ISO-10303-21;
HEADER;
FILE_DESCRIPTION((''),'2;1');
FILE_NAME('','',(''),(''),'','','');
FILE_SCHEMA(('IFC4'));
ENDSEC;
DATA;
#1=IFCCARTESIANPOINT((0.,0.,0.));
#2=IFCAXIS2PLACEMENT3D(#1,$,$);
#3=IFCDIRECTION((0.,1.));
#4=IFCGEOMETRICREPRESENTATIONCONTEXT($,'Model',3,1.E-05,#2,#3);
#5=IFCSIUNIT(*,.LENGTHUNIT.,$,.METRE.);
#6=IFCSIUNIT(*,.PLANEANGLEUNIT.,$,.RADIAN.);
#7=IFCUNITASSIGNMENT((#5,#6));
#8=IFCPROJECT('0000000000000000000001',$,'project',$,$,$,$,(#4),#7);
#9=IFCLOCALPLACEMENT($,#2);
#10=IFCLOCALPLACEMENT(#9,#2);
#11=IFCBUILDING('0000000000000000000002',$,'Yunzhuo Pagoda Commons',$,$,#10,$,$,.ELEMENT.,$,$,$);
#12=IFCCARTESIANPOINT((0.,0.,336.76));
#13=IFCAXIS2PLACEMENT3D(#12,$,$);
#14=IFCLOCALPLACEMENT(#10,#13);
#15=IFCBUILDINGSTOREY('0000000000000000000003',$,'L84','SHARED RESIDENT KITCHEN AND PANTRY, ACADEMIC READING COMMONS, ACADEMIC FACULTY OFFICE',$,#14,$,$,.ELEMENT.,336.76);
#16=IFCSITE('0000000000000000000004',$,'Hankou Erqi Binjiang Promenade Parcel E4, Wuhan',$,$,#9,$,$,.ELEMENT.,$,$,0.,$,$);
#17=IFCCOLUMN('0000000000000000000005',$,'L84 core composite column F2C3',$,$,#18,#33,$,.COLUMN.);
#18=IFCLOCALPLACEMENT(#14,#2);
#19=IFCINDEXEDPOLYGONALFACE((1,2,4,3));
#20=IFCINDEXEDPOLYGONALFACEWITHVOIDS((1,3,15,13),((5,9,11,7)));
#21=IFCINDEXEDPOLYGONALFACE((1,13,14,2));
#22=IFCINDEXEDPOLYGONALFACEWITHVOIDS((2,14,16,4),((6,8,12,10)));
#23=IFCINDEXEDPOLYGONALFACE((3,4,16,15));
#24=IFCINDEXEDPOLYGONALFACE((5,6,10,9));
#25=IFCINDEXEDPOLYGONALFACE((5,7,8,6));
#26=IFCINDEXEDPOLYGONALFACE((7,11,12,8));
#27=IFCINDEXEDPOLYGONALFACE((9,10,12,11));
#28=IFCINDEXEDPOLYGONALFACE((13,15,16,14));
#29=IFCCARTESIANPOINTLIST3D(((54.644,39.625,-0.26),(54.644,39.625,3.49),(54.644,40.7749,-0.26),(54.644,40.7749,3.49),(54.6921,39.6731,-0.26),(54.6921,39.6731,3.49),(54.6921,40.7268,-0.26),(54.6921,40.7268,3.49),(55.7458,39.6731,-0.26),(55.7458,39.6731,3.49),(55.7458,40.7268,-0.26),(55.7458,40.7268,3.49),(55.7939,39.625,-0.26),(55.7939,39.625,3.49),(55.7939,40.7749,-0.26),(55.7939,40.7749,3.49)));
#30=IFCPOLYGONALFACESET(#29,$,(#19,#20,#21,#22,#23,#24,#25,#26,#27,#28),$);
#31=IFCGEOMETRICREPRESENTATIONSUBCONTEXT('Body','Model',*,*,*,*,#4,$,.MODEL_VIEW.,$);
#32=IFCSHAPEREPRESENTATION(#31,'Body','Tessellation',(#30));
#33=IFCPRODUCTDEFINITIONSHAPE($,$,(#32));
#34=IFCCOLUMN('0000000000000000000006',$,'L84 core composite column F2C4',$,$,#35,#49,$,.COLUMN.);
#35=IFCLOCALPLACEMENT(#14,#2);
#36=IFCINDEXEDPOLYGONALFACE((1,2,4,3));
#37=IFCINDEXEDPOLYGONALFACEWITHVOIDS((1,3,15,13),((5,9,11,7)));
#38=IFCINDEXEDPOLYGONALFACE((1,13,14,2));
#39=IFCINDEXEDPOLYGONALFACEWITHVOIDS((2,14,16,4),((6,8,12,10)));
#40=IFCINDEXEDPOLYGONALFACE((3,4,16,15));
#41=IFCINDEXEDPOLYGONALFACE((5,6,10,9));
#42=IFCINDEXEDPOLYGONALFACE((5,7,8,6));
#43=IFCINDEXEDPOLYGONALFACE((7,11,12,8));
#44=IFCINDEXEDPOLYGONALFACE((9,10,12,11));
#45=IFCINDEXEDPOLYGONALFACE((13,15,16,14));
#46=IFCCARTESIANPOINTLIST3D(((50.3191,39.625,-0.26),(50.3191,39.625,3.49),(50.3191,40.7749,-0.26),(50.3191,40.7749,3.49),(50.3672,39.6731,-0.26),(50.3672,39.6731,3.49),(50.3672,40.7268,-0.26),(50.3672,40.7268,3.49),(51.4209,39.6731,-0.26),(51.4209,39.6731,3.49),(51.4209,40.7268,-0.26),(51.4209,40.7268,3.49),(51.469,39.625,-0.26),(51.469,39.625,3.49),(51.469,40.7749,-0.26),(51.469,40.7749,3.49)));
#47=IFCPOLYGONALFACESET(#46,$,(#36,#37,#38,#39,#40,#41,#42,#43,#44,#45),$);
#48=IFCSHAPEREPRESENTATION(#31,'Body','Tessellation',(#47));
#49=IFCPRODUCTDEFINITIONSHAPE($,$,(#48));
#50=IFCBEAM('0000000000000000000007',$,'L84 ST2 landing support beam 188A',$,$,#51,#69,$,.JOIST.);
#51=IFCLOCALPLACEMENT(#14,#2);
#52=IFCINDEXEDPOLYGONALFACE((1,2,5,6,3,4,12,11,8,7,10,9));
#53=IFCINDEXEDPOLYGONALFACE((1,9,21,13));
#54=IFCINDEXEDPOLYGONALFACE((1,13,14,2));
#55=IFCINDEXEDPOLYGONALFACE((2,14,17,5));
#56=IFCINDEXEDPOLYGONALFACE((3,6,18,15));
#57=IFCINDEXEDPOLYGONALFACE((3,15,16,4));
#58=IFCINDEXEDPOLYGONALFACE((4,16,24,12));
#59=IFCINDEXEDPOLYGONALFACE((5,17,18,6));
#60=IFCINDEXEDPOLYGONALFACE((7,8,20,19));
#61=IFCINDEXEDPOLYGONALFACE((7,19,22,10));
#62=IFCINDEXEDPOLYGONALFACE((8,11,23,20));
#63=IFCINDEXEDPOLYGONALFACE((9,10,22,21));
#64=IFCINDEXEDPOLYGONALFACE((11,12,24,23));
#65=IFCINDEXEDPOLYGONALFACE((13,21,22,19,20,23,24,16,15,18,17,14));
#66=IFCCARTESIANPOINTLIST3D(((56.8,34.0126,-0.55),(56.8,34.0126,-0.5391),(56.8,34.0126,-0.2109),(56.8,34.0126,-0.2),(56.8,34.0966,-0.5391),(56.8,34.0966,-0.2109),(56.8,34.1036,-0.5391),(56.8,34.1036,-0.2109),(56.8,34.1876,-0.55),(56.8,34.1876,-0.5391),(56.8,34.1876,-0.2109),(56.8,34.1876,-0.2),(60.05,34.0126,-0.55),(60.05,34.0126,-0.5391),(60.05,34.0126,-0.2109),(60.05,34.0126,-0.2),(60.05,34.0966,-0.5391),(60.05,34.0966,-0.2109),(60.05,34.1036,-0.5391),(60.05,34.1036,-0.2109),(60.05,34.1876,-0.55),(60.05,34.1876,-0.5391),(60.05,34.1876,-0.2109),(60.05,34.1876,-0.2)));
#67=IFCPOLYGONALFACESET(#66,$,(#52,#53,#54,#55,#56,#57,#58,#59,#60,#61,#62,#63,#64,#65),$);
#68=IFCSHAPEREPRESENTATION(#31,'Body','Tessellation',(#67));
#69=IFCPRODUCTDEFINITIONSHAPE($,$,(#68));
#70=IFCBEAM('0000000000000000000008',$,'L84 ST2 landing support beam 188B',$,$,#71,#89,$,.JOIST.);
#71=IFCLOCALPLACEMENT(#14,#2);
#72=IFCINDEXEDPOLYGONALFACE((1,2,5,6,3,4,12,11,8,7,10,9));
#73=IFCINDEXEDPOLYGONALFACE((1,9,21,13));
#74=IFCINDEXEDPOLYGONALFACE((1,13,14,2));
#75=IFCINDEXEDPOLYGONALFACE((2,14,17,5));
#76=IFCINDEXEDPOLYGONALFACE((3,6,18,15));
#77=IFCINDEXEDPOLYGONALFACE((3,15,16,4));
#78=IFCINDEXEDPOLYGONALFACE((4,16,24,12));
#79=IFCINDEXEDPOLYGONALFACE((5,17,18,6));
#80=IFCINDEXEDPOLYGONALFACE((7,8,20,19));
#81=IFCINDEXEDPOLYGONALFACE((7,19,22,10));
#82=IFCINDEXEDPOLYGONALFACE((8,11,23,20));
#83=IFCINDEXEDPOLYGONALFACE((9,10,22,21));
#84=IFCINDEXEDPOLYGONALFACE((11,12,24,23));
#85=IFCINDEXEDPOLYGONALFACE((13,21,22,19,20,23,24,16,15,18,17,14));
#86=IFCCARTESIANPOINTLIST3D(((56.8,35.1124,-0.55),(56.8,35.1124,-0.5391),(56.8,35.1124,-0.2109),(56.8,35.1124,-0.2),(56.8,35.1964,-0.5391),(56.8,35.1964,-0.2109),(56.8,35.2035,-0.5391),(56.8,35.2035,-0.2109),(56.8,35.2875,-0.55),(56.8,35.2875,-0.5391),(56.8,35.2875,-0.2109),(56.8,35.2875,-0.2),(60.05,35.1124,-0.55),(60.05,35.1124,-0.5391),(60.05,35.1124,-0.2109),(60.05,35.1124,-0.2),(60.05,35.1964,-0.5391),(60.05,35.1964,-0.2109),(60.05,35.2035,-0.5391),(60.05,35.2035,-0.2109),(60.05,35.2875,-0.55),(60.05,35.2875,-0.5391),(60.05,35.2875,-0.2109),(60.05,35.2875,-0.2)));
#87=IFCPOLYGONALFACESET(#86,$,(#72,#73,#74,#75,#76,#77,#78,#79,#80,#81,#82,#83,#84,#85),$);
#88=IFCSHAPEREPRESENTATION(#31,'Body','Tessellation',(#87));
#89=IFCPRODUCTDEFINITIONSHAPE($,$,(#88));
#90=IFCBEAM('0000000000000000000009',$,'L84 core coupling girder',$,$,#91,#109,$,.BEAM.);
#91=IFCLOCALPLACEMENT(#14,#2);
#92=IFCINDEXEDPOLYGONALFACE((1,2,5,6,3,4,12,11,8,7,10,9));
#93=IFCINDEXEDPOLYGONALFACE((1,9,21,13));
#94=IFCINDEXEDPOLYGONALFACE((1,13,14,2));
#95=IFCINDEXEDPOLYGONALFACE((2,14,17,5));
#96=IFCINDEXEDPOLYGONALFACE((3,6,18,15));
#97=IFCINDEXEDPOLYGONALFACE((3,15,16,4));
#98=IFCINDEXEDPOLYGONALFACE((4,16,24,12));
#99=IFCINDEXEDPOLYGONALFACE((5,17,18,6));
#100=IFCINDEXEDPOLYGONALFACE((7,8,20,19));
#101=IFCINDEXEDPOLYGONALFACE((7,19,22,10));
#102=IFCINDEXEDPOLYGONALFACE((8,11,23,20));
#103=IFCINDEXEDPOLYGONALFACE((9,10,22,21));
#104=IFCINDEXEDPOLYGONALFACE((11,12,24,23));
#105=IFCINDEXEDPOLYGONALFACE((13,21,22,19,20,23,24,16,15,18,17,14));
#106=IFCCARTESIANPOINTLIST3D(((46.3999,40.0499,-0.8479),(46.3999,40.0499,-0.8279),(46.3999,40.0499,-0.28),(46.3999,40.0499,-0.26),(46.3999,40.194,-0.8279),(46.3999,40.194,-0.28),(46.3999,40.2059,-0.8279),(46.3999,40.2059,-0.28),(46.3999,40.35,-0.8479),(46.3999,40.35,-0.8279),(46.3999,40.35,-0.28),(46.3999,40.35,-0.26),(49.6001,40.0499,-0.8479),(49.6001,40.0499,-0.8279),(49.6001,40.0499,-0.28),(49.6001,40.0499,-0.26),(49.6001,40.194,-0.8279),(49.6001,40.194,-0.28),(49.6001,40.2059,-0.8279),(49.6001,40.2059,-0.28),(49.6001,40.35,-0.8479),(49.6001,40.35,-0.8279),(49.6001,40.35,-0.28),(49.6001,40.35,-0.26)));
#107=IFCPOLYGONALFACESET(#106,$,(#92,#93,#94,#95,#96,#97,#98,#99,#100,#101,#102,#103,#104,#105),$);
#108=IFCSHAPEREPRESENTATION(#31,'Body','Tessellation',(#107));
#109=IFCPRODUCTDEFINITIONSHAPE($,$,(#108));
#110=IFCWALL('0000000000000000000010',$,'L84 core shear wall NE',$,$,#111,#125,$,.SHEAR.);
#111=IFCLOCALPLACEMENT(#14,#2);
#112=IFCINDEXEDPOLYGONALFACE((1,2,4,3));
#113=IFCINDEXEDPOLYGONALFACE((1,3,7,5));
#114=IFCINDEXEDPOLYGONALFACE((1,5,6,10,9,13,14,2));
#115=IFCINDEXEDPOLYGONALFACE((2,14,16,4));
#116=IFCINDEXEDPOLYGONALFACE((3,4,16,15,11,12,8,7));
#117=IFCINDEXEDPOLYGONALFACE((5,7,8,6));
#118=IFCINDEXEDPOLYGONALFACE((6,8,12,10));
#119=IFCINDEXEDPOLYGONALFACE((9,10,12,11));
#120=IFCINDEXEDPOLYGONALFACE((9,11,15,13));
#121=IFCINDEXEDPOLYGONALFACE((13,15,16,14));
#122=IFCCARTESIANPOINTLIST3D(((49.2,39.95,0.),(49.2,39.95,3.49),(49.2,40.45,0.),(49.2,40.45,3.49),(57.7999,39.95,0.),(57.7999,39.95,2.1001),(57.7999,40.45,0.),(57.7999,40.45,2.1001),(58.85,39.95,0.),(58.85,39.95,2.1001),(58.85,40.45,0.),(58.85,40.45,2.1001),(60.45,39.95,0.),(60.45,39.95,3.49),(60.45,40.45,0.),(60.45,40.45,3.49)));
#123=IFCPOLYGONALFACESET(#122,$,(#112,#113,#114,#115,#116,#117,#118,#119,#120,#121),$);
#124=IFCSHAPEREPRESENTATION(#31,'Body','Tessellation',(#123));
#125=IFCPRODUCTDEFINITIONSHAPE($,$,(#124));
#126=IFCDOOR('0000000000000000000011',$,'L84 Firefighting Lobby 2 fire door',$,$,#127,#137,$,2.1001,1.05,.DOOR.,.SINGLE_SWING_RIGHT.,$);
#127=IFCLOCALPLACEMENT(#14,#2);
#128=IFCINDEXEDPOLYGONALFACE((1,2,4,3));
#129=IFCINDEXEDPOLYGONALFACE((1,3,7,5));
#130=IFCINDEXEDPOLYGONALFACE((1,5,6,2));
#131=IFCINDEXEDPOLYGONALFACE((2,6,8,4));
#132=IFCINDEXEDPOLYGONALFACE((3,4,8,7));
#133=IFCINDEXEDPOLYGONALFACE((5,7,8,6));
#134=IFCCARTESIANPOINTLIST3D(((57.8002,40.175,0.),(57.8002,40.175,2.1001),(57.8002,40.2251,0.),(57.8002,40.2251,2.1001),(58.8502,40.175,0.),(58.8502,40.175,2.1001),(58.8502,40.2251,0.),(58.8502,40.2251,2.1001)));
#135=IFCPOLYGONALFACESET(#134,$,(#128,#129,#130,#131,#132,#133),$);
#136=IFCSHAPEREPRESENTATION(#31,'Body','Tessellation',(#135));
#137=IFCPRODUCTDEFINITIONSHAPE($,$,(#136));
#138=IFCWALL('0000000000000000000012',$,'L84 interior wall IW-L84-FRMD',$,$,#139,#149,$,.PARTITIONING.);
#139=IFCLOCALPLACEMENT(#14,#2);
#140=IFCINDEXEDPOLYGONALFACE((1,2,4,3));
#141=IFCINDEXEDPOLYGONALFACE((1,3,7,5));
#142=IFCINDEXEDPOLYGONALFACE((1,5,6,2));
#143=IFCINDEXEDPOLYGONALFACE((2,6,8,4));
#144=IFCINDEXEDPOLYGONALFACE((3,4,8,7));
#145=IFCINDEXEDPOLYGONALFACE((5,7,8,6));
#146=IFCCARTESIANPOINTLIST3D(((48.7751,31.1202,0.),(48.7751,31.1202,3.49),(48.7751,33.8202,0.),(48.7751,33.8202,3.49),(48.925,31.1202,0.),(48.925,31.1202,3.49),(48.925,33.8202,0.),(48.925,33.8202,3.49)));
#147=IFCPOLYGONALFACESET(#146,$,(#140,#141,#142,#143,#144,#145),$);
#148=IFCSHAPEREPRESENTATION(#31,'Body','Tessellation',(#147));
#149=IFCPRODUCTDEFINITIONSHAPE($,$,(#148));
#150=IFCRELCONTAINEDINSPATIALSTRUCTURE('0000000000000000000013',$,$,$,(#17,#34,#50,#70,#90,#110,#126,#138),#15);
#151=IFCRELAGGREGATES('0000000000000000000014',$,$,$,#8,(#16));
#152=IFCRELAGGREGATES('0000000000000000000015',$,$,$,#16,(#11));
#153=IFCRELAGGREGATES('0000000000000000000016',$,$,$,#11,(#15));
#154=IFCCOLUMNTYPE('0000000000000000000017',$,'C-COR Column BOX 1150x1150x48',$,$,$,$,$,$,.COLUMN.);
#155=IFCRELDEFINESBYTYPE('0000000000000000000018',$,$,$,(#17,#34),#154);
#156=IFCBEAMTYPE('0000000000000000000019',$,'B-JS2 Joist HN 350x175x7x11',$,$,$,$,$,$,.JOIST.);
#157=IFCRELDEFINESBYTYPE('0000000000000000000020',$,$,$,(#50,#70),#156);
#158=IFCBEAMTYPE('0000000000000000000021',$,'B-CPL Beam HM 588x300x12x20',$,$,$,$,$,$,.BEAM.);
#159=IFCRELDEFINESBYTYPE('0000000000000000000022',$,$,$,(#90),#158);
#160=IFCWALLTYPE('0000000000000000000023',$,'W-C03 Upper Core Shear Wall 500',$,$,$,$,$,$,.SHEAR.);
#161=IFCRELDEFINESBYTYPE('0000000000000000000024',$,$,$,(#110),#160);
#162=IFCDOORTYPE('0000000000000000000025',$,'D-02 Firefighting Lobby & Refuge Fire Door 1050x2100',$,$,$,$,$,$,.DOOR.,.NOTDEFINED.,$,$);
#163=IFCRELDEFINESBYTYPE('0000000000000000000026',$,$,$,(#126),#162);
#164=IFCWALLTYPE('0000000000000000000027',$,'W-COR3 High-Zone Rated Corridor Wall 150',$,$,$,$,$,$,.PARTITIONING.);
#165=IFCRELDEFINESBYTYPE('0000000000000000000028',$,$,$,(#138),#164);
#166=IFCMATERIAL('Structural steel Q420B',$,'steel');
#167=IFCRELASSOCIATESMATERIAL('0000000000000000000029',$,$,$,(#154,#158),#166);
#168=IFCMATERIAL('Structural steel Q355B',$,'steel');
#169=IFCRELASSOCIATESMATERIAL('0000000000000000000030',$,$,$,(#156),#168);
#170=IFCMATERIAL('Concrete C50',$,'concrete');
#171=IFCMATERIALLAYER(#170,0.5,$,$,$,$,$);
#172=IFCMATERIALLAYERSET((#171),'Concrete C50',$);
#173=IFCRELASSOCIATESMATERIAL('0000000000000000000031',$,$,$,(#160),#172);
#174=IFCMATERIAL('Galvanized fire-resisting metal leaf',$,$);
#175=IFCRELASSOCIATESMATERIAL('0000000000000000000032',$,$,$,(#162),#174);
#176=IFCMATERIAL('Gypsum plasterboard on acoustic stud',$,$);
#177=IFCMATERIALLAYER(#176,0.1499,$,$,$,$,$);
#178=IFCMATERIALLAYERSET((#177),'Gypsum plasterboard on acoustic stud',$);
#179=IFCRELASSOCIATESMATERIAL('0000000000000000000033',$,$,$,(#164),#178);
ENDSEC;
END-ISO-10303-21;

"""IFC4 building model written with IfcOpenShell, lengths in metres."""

from ifc_helpers import new_model, si_unit, direction, frame, frame_2d, origin, origin_2d, place, context, subcontext, project, spatial, rectangle, hollow_rectangle, i_section, extrude, source, transform, mapped, material, layer, layer_set, material_profile, profile_set, type_object, element, fill, save


model = new_model("IFC4")

# Units and contexts
model_context = context("Model", 3, precision=1e-05, world=origin(), true_north=direction((0.0, 1.0)))
body_context = subcontext(model_context, "Body", "Model", "MODEL_VIEW")
ifc_project = project(units=[si_unit("LENGTHUNIT", "METRE"), si_unit("PLANEANGLEUNIT", "RADIAN")], contexts=[model_context])

# Site, building, storey
site_placement = place(None, origin())
site = spatial("IfcSite", under=ifc_project, at=site_placement, Name="Hankou Erqi Binjiang Promenade Parcel E4, Wuhan", CompositionType="ELEMENT", RefElevation=0.0)
building_placement = place(site_placement, origin())
building = spatial("IfcBuilding", under=site, at=building_placement, Name="Yunzhuo Pagoda Commons", CompositionType="ELEMENT")
storey_placement = place(building_placement, frame((0.0, 0.0, 336.76)))
storey = spatial("IfcBuildingStorey", under=building, at=storey_placement, Name="L84", Description="SHARED RESIDENT KITCHEN AND PANTRY, ACADEMIC READING COMMONS, ACADEMIC FACULTY OFFICE", CompositionType="ELEMENT", Elevation=336.76)

# Columns
ifc_material_1 = material(Name="Structural steel Q420B", Category="steel")
ifc_material_profile_1 = material_profile(ifc_material_1, hollow_rectangle(XDim=1.1499, YDim=1.1499, WallThickness=0.0481, at=origin_2d()), Name="Structural steel Q420B")
ifc_profile_set_1 = profile_set([ifc_material_profile_1], Name="Structural steel Q420B")
column_type = type_object("IfcColumnType", Name="C-COR Column BOX 1150x1150x48", PredefinedType="COLUMN", material=ifc_profile_set_1)
shared_shape_1 = source(origin(), body_context, "Body", "SweptSolid", [
    extrude(hollow_rectangle(XDim=1.1499, YDim=1.1499, WallThickness=0.0481, at=origin_2d()), origin(), (0.0, 0.0, 1.0), 3.75),
])
for number, where, z_axis, x_axis, name in (
    (1, (55.219, 40.2, -0.26), (0.0, 0.0, 1.0), (1.0, 0.0, 0.0), "L84 core composite column F2C3"),
    (2, (50.894, 40.2, -0.26), (0.0, 0.0, 1.0), (1.0, 0.0, 0.0), "L84 core composite column F2C4"),
):
    element("IfcColumn", number, at=place(storey_placement, frame(where, z_axis=z_axis, x_axis=x_axis)), inside=storey, type_object=column_type, Name=name, PredefinedType="COLUMN", context=body_context, shape_type="MappedRepresentation", body=[
        mapped(shared_shape_1, transform((0.0, 0.0, 0.0), scale=1.0)),
    ])

# Beams
ifc_material_2 = material(Name="Structural steel Q355B", Category="steel")
ifc_material_profile_2 = material_profile(ifc_material_2, i_section(OverallWidth=0.175, OverallDepth=0.3501, WebThickness=0.0071, FlangeThickness=0.011, at=origin_2d()), Name="Structural steel Q355B")
ifc_profile_set_2 = profile_set([ifc_material_profile_2], Name="Structural steel Q355B")
beam_type_1 = type_object("IfcBeamType", Name="B-JS2 Joist HN 350x175x7x11", PredefinedType="JOIST", material=ifc_profile_set_2)
shared_shape_2 = source(origin(), body_context, "Body", "SweptSolid", [
    extrude(i_section(OverallWidth=0.175, OverallDepth=0.3501, WebThickness=0.0071, FlangeThickness=0.011, at=origin_2d()), origin(), (0.0, 0.0, 1.0), 3.25),
])
for number, where, z_axis, x_axis, name in (
    (3, (56.8, 34.1001, -0.375), (1.0, 0.0, 0.0), (0.0, 1.0, 0.0), "L84 ST2 landing support beam 188A"),
    (4, (56.8, 35.2, -0.375), (1.0, 0.0, 0.0), (0.0, 1.0, 0.0), "L84 ST2 landing support beam 188B"),
):
    element("IfcBeam", number, at=place(storey_placement, frame(where, z_axis=z_axis, x_axis=x_axis)), inside=storey, type_object=beam_type_1, Name=name, PredefinedType="JOIST", context=body_context, shape_type="MappedRepresentation", body=[
        mapped(shared_shape_2, transform((0.0, 0.0, 0.0), scale=1.0)),
    ])
ifc_material_profile_3 = material_profile(ifc_material_1, i_section(OverallWidth=0.3, OverallDepth=0.5879, WebThickness=0.012, FlangeThickness=0.02, at=origin_2d()), Name="Structural steel Q420B")
ifc_profile_set_3 = profile_set([ifc_material_profile_3], Name="Structural steel Q420B")
beam_type_2 = type_object("IfcBeamType", Name="B-CPL Beam HM 588x300x12x20", PredefinedType="BEAM", material=ifc_profile_set_3)
shared_shape_3 = source(origin(), body_context, "Body", "SweptSolid", [
    extrude(i_section(OverallWidth=0.3, OverallDepth=0.5879, WebThickness=0.012, FlangeThickness=0.02, at=origin_2d()), origin(), (0.0, 0.0, 1.0), 3.2002),
])
beam_placement = place(storey_placement, frame((46.3999, 40.2, -0.554), z_axis=(1.0, 0.0, 0.0), x_axis=(0.0, 1.0, 0.0)))
element("IfcBeam", 5, at=beam_placement, inside=storey, type_object=beam_type_2, Name="L84 core coupling girder", PredefinedType="BEAM", context=body_context, shape_type="MappedRepresentation", body=[
    mapped(shared_shape_3, transform((0.0, 0.0, 0.0), scale=1.0)),
])

# Wall, opening, door
ifc_material_3 = material(Name="Concrete C50", Category="concrete")
ifc_layer_1 = layer(ifc_material_3, 0.5)
ifc_layer_set_1 = layer_set([ifc_layer_1], Name="Concrete C50")
wall_type_1 = type_object("IfcWallType", Name="W-C03 Upper Core Shear Wall 500", PredefinedType="SHEAR", material=ifc_layer_set_1)
wall_1_placement = place(storey_placement, frame((49.2, 40.2, 0.0), z_axis=(0.0, 0.0, 1.0), x_axis=(1.0, 0.0, 0.0)))
wall_1 = element("IfcWall", 6, at=wall_1_placement, inside=storey, type_object=wall_type_1, Name="L84 core shear wall NE", PredefinedType="SHEAR", context=body_context, shape_type="SweptSolid", body=[
    extrude(rectangle(XDim=11.25, YDim=0.5, at=frame_2d((5.625, 0.0))), origin(), (0.0, 0.0, 1.0), 3.49),
])
opening_1_placement = place(wall_1_placement, frame((8.6001, 0.0, 0.0)))
opening_1 = element("IfcOpeningElement", 7, at=opening_1_placement, cuts=wall_1, PredefinedType="OPENING", context=body_context, shape_type="SweptSolid", body=[
    extrude(rectangle(XDim=1.05, YDim=2.1001, at=frame_2d((0.5249, 1.05))), frame((0.0, 0.26, 0.0), z_axis=(0.0, -1.0, 0.0), x_axis=(1.0, 0.0, 0.0)), (0.0, 0.0, 1.0), 0.52),
])
ifc_material_4 = material(Name="Galvanized fire-resisting metal leaf")
door_type_1 = type_object("IfcDoorType", Name="D-02 Firefighting Lobby & Refuge Fire Door 1050x2100", OperationType="NOTDEFINED", PredefinedType="DOOR", material=ifc_material_4)
shared_shape_4 = source(origin(), body_context, "Body", "SweptSolid", [
    extrude(rectangle(XDim=1.05, YDim=2.1001, at=frame_2d((0.5249, 1.05))), frame((0.0, 0.0249, 0.0), z_axis=(0.0, -1.0, 0.0), x_axis=(1.0, 0.0, 0.0)), (0.0, 0.0, 1.0), 0.05),
])
door_1_placement = place(opening_1_placement, frame((1.05, 0.0, 0.0), z_axis=(0.0, 0.0, 1.0), x_axis=(-1.0, 0.0, 0.0)))
door_1 = element("IfcDoor", 8, at=door_1_placement, inside=storey, type_object=door_type_1, Name="L84 Firefighting Lobby 2 fire door", OperationType="SINGLE_SWING_RIGHT", OverallHeight=2.1001, OverallWidth=1.05, PredefinedType="DOOR", context=body_context, shape_type="MappedRepresentation", body=[
    mapped(shared_shape_4, transform((0.0, 0.0, 0.0), scale=1.0)),
])
fill(opening_1, door_1)

# Wall
ifc_material_5 = material(Name="Gypsum plasterboard on acoustic stud")
ifc_layer_2 = layer(ifc_material_5, 0.1499)
ifc_layer_set_2 = layer_set([ifc_layer_2], Name="Gypsum plasterboard on acoustic stud")
wall_type_2 = type_object("IfcWallType", Name="W-COR3 High-Zone Rated Corridor Wall 150", PredefinedType="PARTITIONING", material=ifc_layer_set_2)
wall_2_placement = place(storey_placement, frame((48.8501, 31.1201, 0.0), z_axis=(0.0, 0.0, 1.0), x_axis=(0.0, 1.0, 0.0)))
element("IfcWall", 9, at=wall_2_placement, inside=storey, type_object=wall_type_2, Name="L84 interior wall IW-L84-FRMD", PredefinedType="PARTITIONING", context=body_context, shape_type="SweptSolid", body=[
    extrude(rectangle(XDim=2.7, YDim=0.1499, at=frame_2d((1.3501, 0.0))), origin(), (0.0, 0.0, 1.0), 3.49),
])

save(model, "model.ifc")
